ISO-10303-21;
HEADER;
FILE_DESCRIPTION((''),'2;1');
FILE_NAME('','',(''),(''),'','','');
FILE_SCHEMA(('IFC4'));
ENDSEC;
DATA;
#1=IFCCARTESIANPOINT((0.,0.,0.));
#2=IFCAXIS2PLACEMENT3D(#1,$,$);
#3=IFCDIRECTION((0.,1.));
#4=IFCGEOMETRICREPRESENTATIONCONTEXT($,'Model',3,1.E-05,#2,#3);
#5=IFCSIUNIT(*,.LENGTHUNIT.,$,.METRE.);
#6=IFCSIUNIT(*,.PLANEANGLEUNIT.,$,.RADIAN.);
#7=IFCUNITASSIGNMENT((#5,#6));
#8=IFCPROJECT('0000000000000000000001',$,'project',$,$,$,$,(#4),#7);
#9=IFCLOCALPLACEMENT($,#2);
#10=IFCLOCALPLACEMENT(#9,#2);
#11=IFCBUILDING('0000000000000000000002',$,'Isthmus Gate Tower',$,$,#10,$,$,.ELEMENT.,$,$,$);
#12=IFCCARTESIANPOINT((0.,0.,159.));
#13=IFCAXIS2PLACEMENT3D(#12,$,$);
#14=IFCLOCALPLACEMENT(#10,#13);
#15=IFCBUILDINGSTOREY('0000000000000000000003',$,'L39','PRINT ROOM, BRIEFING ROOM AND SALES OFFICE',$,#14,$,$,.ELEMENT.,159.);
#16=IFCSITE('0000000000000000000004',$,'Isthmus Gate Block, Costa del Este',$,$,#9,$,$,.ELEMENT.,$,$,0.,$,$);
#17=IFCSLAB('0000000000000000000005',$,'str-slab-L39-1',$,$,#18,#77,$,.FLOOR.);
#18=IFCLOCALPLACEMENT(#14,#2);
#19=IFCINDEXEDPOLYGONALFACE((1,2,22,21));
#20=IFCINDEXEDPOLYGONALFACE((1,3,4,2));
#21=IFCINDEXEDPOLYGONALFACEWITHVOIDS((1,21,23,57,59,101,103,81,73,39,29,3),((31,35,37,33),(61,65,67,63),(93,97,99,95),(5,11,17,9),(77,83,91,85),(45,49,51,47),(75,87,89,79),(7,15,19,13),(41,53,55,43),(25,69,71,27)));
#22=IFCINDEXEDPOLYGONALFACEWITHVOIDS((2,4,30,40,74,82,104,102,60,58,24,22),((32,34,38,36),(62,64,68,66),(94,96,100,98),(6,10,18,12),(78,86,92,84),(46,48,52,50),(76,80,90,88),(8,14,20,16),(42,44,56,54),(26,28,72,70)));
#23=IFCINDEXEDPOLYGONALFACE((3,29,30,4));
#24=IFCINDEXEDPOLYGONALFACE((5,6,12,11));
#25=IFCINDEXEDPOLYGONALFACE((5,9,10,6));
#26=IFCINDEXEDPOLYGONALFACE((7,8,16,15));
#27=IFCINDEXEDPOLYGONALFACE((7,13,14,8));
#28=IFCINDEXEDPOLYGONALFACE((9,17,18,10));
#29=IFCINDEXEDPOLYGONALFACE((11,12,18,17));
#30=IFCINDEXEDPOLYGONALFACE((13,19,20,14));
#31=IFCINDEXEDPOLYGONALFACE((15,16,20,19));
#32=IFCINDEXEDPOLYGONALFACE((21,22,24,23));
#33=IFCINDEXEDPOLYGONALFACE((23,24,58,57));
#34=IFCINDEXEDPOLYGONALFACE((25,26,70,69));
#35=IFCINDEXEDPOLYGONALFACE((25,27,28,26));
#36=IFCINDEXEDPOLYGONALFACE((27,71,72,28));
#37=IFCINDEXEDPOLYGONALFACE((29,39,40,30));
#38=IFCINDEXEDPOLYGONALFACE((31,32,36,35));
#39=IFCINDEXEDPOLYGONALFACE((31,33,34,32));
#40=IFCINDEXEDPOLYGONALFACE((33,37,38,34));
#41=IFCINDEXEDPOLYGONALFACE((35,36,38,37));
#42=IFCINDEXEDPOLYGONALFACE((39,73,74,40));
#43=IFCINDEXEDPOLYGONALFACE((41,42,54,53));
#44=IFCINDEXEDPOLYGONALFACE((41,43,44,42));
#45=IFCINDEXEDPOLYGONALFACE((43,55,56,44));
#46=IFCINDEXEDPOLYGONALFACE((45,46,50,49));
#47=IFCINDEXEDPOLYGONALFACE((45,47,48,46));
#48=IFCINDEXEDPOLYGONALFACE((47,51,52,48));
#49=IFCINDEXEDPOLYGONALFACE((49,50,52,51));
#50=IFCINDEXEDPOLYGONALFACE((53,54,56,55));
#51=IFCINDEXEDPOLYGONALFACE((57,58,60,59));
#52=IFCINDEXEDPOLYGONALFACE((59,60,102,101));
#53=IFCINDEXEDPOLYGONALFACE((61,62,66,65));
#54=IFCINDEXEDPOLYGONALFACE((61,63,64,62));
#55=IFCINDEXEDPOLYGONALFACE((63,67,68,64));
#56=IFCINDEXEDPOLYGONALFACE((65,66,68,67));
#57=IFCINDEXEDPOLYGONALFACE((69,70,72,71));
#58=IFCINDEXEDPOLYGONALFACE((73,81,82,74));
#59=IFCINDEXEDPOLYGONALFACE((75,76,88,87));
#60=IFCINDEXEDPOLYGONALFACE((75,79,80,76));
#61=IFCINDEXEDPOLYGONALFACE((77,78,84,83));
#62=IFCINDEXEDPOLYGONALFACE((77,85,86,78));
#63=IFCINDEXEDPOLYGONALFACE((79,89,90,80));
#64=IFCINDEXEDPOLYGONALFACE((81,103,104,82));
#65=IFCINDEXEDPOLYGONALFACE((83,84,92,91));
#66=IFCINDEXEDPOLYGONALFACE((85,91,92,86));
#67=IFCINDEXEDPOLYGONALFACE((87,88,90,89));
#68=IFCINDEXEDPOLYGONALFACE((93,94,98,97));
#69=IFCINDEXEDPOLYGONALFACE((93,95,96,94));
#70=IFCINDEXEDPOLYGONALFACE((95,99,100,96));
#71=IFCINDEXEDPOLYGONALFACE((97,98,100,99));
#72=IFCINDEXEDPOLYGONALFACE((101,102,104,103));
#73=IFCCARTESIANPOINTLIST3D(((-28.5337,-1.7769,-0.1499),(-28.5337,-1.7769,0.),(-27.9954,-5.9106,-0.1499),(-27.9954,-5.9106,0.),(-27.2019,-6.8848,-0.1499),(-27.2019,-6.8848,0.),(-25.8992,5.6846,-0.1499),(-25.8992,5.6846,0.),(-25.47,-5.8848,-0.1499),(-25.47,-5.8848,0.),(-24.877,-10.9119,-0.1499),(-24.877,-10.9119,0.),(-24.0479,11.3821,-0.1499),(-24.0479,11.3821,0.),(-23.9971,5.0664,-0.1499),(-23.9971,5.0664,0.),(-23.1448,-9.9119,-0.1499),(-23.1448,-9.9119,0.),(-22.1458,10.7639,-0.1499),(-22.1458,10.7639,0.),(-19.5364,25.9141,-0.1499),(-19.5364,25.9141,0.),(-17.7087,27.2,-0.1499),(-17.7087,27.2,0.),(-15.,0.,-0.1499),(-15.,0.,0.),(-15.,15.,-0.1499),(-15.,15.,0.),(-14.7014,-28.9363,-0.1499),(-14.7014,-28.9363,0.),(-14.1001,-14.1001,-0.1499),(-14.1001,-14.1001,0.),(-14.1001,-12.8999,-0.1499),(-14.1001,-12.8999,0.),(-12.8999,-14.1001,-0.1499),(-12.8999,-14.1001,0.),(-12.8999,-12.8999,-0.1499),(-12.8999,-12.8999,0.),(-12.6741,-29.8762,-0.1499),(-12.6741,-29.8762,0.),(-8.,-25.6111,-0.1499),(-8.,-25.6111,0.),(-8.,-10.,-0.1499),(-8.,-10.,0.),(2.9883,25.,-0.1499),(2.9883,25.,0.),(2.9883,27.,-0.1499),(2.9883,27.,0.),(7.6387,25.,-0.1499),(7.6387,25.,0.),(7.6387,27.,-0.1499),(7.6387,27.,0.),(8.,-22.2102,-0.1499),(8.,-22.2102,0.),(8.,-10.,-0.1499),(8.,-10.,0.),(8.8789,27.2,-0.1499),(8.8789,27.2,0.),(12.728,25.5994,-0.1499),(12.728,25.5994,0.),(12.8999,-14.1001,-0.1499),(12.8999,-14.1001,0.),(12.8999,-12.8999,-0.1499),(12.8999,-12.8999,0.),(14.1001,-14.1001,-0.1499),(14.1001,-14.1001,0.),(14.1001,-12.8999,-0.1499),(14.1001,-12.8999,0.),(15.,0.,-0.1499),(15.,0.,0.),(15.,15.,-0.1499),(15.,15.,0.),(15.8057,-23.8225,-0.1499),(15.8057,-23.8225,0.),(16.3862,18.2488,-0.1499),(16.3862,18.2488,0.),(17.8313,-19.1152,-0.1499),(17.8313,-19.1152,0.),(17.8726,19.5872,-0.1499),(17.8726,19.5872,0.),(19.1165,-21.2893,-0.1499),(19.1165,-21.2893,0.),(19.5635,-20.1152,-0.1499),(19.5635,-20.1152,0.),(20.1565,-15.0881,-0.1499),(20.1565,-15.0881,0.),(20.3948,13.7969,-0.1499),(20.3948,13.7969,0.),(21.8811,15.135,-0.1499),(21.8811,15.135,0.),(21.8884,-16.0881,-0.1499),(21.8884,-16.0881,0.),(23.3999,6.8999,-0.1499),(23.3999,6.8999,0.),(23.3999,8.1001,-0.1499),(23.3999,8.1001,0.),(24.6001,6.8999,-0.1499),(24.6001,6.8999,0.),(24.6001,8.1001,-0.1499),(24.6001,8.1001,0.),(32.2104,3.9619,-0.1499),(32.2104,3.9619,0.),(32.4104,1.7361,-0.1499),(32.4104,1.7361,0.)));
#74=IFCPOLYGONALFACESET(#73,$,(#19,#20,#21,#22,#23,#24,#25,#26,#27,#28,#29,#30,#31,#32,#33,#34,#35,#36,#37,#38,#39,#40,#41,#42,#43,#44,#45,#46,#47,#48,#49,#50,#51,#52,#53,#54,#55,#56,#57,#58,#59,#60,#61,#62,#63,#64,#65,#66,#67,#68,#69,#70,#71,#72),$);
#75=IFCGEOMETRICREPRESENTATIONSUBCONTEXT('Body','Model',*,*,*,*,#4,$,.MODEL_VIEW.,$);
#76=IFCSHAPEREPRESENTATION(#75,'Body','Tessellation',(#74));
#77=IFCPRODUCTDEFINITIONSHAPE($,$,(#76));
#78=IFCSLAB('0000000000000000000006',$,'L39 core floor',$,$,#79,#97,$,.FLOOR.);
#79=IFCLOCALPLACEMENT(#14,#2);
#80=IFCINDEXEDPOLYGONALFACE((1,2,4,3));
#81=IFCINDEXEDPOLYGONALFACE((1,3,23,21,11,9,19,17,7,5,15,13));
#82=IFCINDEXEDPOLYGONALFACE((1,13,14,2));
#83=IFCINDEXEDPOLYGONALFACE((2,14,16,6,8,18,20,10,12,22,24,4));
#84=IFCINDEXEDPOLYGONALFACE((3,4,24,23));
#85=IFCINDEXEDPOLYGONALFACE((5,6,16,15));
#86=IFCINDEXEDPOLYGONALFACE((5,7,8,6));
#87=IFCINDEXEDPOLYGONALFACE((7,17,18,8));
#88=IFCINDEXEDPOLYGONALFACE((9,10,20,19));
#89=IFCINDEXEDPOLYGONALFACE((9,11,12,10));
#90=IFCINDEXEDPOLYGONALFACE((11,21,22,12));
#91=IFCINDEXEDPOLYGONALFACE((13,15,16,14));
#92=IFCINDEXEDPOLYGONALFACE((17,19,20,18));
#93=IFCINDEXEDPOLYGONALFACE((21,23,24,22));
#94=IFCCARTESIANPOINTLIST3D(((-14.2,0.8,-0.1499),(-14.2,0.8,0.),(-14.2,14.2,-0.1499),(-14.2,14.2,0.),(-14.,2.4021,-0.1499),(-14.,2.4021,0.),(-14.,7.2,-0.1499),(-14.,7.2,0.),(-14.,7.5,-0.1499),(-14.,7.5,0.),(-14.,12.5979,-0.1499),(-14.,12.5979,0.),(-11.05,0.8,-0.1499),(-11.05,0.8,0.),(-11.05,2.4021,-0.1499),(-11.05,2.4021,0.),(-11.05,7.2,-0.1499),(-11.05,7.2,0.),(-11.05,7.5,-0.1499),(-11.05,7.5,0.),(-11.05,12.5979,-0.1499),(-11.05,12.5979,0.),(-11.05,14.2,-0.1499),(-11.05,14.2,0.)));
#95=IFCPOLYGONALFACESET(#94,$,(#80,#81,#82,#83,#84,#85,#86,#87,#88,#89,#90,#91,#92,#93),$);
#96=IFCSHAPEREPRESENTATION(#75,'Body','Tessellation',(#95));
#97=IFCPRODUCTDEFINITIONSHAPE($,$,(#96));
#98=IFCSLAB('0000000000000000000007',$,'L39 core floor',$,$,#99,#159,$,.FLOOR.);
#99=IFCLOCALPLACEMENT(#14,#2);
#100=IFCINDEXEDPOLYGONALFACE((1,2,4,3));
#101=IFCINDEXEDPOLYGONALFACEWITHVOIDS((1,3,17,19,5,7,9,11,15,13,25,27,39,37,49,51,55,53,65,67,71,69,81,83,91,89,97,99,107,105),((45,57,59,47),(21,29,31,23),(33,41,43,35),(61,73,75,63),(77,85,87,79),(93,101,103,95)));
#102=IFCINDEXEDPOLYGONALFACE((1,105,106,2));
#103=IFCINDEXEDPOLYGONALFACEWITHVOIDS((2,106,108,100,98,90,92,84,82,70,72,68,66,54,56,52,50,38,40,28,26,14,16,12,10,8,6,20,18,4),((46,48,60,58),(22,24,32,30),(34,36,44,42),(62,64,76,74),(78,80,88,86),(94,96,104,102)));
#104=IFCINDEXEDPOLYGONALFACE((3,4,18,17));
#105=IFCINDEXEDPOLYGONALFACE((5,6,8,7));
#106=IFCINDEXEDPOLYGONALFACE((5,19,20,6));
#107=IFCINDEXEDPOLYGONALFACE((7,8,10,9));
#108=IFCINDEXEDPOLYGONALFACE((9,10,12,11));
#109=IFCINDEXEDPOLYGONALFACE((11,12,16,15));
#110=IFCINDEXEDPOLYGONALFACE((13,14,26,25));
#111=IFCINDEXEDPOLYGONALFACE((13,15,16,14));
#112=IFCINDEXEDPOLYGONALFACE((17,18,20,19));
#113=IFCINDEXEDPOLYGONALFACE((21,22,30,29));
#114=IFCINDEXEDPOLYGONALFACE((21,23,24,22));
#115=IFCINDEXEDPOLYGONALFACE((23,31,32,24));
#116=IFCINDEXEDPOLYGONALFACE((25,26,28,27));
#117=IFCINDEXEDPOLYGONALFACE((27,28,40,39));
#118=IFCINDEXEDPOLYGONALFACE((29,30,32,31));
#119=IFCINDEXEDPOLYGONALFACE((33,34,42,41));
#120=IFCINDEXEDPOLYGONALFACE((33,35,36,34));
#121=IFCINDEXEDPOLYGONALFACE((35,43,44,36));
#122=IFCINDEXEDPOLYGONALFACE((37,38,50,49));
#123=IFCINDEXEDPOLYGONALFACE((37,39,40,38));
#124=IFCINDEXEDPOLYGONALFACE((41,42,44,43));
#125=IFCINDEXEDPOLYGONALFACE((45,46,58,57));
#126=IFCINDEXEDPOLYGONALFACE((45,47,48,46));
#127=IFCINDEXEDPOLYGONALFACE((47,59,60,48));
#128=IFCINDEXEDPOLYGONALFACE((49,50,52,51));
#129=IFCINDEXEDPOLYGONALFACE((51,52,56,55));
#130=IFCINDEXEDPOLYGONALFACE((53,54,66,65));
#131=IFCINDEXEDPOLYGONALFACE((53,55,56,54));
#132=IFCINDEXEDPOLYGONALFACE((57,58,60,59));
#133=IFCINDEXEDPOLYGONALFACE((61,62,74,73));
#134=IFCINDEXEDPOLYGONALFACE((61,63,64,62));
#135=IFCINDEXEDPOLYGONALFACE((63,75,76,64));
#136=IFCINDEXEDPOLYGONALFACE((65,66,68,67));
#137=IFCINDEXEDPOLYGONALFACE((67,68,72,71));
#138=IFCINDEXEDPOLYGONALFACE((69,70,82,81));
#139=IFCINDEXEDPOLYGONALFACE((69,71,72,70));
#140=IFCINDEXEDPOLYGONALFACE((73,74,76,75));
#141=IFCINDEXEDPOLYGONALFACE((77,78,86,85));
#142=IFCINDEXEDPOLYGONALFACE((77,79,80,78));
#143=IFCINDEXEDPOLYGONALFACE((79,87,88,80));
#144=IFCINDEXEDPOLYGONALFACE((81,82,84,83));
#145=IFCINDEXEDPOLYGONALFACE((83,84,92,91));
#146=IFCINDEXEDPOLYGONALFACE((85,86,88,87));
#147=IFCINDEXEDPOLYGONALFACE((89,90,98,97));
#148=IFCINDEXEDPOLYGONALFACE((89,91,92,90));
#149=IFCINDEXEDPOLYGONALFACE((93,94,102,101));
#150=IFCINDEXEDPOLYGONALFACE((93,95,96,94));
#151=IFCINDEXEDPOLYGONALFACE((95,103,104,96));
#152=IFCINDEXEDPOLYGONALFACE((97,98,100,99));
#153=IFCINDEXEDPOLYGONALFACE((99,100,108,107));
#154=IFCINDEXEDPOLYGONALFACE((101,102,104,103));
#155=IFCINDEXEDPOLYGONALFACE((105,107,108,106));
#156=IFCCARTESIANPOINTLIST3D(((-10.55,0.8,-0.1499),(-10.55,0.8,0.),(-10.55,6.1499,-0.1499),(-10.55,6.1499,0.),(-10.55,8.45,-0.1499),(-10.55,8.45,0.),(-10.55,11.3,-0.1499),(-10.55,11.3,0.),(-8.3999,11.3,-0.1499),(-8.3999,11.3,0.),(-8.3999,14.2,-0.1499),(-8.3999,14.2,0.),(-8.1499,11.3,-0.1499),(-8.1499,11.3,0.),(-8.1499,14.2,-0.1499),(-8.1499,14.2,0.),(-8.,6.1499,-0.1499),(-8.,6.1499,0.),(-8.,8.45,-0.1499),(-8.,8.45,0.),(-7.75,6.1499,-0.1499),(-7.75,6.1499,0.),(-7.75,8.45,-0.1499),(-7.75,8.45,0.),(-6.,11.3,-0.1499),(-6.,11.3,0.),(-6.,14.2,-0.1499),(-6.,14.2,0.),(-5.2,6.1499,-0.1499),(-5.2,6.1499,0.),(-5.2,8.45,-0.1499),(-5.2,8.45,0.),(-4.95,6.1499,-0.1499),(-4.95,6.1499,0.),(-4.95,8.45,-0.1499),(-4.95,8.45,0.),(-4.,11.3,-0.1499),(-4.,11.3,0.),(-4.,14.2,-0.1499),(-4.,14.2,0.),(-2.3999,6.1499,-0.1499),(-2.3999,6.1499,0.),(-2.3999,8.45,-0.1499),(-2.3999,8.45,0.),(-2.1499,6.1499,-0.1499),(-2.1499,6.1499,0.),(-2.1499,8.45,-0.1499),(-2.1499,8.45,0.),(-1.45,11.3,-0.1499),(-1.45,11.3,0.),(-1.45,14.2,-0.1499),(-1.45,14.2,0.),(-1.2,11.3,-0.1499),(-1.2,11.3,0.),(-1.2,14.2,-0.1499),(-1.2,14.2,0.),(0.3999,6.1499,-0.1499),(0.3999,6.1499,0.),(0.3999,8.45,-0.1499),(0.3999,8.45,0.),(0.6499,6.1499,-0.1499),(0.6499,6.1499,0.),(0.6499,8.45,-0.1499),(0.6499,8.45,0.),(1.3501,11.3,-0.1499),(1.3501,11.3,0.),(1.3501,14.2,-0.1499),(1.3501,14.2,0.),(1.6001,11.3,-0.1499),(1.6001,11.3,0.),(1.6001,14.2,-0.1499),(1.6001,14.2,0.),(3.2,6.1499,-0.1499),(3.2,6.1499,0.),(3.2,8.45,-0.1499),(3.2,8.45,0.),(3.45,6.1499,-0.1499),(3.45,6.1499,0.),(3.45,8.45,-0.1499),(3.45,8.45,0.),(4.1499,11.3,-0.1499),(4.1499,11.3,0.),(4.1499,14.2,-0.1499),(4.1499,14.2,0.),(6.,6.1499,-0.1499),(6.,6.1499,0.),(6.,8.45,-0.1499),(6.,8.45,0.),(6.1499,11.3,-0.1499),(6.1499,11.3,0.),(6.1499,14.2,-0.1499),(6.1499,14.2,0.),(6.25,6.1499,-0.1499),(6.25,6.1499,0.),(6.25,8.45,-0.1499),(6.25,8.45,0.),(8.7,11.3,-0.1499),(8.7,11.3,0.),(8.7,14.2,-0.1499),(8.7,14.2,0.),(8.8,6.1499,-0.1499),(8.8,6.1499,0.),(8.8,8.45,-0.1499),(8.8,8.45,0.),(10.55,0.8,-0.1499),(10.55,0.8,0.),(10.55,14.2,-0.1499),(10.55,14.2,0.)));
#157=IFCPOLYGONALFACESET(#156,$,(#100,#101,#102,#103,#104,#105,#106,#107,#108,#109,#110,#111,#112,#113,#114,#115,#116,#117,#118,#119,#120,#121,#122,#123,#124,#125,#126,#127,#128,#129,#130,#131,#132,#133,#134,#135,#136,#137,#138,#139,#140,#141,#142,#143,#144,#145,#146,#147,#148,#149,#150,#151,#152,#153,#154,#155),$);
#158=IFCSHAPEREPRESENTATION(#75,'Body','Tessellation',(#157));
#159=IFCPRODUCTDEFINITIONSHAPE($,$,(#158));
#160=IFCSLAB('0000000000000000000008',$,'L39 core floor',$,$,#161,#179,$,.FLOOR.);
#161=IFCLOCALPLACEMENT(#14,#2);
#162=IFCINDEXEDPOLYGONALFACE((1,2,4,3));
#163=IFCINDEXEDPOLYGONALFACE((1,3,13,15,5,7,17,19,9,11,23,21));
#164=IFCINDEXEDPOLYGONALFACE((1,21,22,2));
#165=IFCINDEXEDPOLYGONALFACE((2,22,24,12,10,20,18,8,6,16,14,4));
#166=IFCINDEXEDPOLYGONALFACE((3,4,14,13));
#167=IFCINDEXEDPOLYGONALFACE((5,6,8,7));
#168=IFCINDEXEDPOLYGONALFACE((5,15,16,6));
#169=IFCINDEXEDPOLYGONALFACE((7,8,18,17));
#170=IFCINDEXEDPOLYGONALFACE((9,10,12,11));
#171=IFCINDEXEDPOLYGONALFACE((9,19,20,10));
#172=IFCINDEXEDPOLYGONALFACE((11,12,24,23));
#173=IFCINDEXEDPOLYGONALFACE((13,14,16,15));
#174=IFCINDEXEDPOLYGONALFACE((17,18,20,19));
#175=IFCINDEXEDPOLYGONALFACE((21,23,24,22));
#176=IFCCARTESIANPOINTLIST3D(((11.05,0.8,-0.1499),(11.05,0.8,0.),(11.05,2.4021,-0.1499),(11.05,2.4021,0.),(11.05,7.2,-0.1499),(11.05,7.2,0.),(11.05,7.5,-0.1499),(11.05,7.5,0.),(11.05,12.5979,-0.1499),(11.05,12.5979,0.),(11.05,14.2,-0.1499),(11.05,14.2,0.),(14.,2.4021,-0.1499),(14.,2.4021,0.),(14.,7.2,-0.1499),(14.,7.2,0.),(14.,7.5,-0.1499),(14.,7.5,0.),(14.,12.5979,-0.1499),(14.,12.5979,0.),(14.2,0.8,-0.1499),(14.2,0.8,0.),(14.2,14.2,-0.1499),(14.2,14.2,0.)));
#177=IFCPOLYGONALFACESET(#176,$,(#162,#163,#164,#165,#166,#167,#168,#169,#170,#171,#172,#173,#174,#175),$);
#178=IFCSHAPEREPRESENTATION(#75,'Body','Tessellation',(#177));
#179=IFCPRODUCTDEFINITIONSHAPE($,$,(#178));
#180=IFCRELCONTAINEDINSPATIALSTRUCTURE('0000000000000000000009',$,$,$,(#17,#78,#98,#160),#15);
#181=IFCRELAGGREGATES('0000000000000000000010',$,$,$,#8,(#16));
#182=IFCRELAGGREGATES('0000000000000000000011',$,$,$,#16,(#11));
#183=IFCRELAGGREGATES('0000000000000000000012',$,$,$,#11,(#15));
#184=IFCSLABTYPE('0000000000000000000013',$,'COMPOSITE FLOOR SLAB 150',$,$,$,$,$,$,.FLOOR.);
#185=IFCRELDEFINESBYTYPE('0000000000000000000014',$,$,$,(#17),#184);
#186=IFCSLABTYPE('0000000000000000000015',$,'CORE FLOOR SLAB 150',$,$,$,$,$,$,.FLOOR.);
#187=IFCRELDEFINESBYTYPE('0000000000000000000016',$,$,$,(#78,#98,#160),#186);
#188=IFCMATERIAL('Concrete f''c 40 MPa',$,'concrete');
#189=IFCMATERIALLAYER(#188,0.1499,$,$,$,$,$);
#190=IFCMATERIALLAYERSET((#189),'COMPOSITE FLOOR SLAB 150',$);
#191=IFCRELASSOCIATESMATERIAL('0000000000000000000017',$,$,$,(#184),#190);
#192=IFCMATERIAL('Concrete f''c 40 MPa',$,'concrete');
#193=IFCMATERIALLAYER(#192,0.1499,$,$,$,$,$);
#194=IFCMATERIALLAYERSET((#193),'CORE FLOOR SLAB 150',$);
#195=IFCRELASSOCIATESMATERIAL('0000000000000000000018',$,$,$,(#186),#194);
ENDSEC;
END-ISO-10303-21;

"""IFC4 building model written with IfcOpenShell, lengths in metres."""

from ifc_helpers import new_model, si_unit, direction, frame, origin, place, context, subcontext, project, spatial, polyline, outline, extrude, material, layer, layer_set, type_object, element, save


model = new_model("IFC4")

# Units and contexts
model_context = context("Model", 3, precision=1e-05, world=origin(), true_north=direction((0.0, 1.0)))
body_context = subcontext(model_context, "Body", "Model", "MODEL_VIEW")
ifc_project = project(units=[si_unit("LENGTHUNIT", "METRE"), si_unit("PLANEANGLEUNIT", "RADIAN")], contexts=[model_context])

# Site, building, storey
site_placement = place(None, origin())
site = spatial("IfcSite", under=ifc_project, at=site_placement, Name="Isthmus Gate Block, Costa del Este", CompositionType="ELEMENT", RefElevation=0.0)
building_placement = place(site_placement, origin())
building = spatial("IfcBuilding", under=site, at=building_placement, Name="Isthmus Gate Tower", CompositionType="ELEMENT")
storey_placement = place(building_placement, frame((0.0, 0.0, 159.0)))
storey = spatial("IfcBuildingStorey", under=building, at=storey_placement, Name="L39", Description="PRINT ROOM, BRIEFING ROOM AND SALES OFFICE", CompositionType="ELEMENT", Elevation=159.0)

# Slabs
ifc_material_1 = material(Name="Concrete f'c 40 MPa", Category="concrete")
ifc_layer_1 = layer(ifc_material_1, 0.1499)
ifc_layer_set_1 = layer_set([ifc_layer_1], Name="COMPOSITE FLOOR SLAB 150")
slab_type_1 = type_object("IfcSlabType", Name="COMPOSITE FLOOR SLAB 150", PredefinedType="FLOOR", material=ifc_layer_set_1)
slab_1_placement = place(storey_placement, frame((0.0, 0.0, -0.1499)))
element("IfcSlab", 1, at=slab_1_placement, inside=storey, type_object=slab_type_1, Name="str-slab-L39-1", PredefinedType="FLOOR", context=body_context, shape_type="SweptSolid", body=[
    extrude(outline(polyline([(12.728, 25.5994), (32.2104, 3.9619), (32.4104, 1.7361), (19.1165, -21.2893), (15.8057, -23.8225), (-12.6741, -29.8762), (-14.7014, -28.9363), (-27.9954, -5.9106), (-28.5337, -1.7769), (-19.5364, 25.9141), (-17.7087, 27.2), (8.8789, 27.2), (12.728, 25.5994)]), holes=[polyline([(8.0, -10.0), (-8.0, -10.0), (-8.0, -25.6111), (8.0, -22.2102), (8.0, -10.0)]), polyline([(20.1565, -15.0881), (17.8313, -19.1152), (19.5635, -20.1152), (21.8884, -16.0881), (20.1565, -15.0881)]), polyline([(-12.8999, -12.8999), (-14.1001, -12.8999), (-14.1001, -14.1001), (-12.8999, -14.1001), (-12.8999, -12.8999)]), polyline([(12.8999, -14.1001), (14.1001, -14.1001), (14.1001, -12.8999), (12.8999, -12.8999), (12.8999, -14.1001)]), polyline([(-24.877, -10.9119), (-23.1448, -9.9119), (-25.47, -5.8848), (-27.2019, -6.8848), (-24.877, -10.9119)]), polyline([(-15.0, 15.0), (-15.0, 0.0), (15.0, 0.0), (15.0, 15.0), (-15.0, 15.0)]), polyline([(24.6001, 6.8999), (24.6001, 8.1001), (23.3999, 8.1001), (23.3999, 6.8999), (24.6001, 6.8999)]), polyline([(-23.9971, 5.0664), (-22.1458, 10.7639), (-24.0479, 11.3821), (-25.8992, 5.6846), (-23.9971, 5.0664)]), polyline([(17.8726, 19.5872), (16.3862, 18.2488), (20.3948, 13.7969), (21.8811, 15.135), (17.8726, 19.5872)]), polyline([(2.9883, 27.0), (2.9883, 25.0), (7.6387, 25.0), (7.6387, 27.0), (2.9883, 27.0)])]), origin(), (0.0, 0.0, 1.0), 0.1499),
])
ifc_material_2 = material(Name="Concrete f'c 40 MPa", Category="concrete")
ifc_layer_2 = layer(ifc_material_2, 0.1499)
ifc_layer_set_2 = layer_set([ifc_layer_2], Name="CORE FLOOR SLAB 150")
slab_type_2 = type_object("IfcSlabType", Name="CORE FLOOR SLAB 150", PredefinedType="FLOOR", material=ifc_layer_set_2)
slab_2_placement = place(storey_placement, frame((0.0, 0.0, -0.1499)))
element("IfcSlab", 2, at=slab_2_placement, inside=storey, type_object=slab_type_2, Name="L39 core floor", PredefinedType="FLOOR", context=body_context, shape_type="SweptSolid", body=[
    extrude(outline(polyline([(-11.05, 0.8), (-11.05, 2.4021), (-14.0, 2.4021), (-14.0, 7.2), (-11.05, 7.2), (-11.05, 7.5), (-14.0, 7.5), (-14.0, 12.5979), (-11.05, 12.5979), (-11.05, 14.2), (-14.2, 14.2), (-14.2, 0.8), (-11.05, 0.8)])), origin(), (0.0, 0.0, 1.0), 0.1499),
])
slab_3_placement = place(storey_placement, frame((0.0, 0.0, -0.1499)))
element("IfcSlab", 3, at=slab_3_placement, inside=storey, type_object=slab_type_2, Name="L39 core floor", PredefinedType="FLOOR", context=body_context, shape_type="SweptSolid", body=[
    extrude(outline(polyline([(10.55, 14.2), (8.7, 14.2), (8.7, 11.3), (6.1499, 11.3), (6.1499, 14.2), (4.1499, 14.2), (4.1499, 11.3), (1.6001, 11.3), (1.6001, 14.2), (1.3501, 14.2), (1.3501, 11.3), (-1.2, 11.3), (-1.2, 14.2), (-1.45, 14.2), (-1.45, 11.3), (-4.0, 11.3), (-4.0, 14.2), (-6.0, 14.2), (-6.0, 11.3), (-8.1499, 11.3), (-8.1499, 14.2), (-8.3999, 14.2), (-8.3999, 11.3), (-10.55, 11.3), (-10.55, 8.45), (-8.0, 8.45), (-8.0, 6.1499), (-10.55, 6.1499), (-10.55, 0.8), (10.55, 0.8), (10.55, 14.2)]), holes=[polyline([(-5.2, 8.45), (-5.2, 6.1499), (-7.75, 6.1499), (-7.75, 8.45), (-5.2, 8.45)]), polyline([(-2.3999, 8.45), (-2.3999, 6.1499), (-4.95, 6.1499), (-4.95, 8.45), (-2.3999, 8.45)]), polyline([(0.3999, 8.45), (0.3999, 6.1499), (-2.1499, 6.1499), (-2.1499, 8.45), (0.3999, 8.45)]), polyline([(3.2, 8.45), (3.2, 6.1499), (0.6499, 6.1499), (0.6499, 8.45), (3.2, 8.45)]), polyline([(6.0, 8.45), (6.0, 6.1499), (3.45, 6.1499), (3.45, 8.45), (6.0, 8.45)]), polyline([(8.8, 8.45), (8.8, 6.1499), (6.25, 6.1499), (6.25, 8.45), (8.8, 8.45)])]), origin(), (0.0, 0.0, 1.0), 0.1499),
])
slab_4_placement = place(storey_placement, frame((0.0, 0.0, -0.1499)))
element("IfcSlab", 4, at=slab_4_placement, inside=storey, type_object=slab_type_2, Name="L39 core floor", PredefinedType="FLOOR", context=body_context, shape_type="SweptSolid", body=[
    extrude(outline(polyline([(11.05, 14.2), (11.05, 12.5979), (14.0, 12.5979), (14.0, 7.5), (11.05, 7.5), (11.05, 7.2), (14.0, 7.2), (14.0, 2.4021), (11.05, 2.4021), (11.05, 0.8), (14.2, 0.8), (14.2, 14.2), (11.05, 14.2)])), origin(), (0.0, 0.0, 1.0), 0.1499),
])

save(model, "model.ifc")
